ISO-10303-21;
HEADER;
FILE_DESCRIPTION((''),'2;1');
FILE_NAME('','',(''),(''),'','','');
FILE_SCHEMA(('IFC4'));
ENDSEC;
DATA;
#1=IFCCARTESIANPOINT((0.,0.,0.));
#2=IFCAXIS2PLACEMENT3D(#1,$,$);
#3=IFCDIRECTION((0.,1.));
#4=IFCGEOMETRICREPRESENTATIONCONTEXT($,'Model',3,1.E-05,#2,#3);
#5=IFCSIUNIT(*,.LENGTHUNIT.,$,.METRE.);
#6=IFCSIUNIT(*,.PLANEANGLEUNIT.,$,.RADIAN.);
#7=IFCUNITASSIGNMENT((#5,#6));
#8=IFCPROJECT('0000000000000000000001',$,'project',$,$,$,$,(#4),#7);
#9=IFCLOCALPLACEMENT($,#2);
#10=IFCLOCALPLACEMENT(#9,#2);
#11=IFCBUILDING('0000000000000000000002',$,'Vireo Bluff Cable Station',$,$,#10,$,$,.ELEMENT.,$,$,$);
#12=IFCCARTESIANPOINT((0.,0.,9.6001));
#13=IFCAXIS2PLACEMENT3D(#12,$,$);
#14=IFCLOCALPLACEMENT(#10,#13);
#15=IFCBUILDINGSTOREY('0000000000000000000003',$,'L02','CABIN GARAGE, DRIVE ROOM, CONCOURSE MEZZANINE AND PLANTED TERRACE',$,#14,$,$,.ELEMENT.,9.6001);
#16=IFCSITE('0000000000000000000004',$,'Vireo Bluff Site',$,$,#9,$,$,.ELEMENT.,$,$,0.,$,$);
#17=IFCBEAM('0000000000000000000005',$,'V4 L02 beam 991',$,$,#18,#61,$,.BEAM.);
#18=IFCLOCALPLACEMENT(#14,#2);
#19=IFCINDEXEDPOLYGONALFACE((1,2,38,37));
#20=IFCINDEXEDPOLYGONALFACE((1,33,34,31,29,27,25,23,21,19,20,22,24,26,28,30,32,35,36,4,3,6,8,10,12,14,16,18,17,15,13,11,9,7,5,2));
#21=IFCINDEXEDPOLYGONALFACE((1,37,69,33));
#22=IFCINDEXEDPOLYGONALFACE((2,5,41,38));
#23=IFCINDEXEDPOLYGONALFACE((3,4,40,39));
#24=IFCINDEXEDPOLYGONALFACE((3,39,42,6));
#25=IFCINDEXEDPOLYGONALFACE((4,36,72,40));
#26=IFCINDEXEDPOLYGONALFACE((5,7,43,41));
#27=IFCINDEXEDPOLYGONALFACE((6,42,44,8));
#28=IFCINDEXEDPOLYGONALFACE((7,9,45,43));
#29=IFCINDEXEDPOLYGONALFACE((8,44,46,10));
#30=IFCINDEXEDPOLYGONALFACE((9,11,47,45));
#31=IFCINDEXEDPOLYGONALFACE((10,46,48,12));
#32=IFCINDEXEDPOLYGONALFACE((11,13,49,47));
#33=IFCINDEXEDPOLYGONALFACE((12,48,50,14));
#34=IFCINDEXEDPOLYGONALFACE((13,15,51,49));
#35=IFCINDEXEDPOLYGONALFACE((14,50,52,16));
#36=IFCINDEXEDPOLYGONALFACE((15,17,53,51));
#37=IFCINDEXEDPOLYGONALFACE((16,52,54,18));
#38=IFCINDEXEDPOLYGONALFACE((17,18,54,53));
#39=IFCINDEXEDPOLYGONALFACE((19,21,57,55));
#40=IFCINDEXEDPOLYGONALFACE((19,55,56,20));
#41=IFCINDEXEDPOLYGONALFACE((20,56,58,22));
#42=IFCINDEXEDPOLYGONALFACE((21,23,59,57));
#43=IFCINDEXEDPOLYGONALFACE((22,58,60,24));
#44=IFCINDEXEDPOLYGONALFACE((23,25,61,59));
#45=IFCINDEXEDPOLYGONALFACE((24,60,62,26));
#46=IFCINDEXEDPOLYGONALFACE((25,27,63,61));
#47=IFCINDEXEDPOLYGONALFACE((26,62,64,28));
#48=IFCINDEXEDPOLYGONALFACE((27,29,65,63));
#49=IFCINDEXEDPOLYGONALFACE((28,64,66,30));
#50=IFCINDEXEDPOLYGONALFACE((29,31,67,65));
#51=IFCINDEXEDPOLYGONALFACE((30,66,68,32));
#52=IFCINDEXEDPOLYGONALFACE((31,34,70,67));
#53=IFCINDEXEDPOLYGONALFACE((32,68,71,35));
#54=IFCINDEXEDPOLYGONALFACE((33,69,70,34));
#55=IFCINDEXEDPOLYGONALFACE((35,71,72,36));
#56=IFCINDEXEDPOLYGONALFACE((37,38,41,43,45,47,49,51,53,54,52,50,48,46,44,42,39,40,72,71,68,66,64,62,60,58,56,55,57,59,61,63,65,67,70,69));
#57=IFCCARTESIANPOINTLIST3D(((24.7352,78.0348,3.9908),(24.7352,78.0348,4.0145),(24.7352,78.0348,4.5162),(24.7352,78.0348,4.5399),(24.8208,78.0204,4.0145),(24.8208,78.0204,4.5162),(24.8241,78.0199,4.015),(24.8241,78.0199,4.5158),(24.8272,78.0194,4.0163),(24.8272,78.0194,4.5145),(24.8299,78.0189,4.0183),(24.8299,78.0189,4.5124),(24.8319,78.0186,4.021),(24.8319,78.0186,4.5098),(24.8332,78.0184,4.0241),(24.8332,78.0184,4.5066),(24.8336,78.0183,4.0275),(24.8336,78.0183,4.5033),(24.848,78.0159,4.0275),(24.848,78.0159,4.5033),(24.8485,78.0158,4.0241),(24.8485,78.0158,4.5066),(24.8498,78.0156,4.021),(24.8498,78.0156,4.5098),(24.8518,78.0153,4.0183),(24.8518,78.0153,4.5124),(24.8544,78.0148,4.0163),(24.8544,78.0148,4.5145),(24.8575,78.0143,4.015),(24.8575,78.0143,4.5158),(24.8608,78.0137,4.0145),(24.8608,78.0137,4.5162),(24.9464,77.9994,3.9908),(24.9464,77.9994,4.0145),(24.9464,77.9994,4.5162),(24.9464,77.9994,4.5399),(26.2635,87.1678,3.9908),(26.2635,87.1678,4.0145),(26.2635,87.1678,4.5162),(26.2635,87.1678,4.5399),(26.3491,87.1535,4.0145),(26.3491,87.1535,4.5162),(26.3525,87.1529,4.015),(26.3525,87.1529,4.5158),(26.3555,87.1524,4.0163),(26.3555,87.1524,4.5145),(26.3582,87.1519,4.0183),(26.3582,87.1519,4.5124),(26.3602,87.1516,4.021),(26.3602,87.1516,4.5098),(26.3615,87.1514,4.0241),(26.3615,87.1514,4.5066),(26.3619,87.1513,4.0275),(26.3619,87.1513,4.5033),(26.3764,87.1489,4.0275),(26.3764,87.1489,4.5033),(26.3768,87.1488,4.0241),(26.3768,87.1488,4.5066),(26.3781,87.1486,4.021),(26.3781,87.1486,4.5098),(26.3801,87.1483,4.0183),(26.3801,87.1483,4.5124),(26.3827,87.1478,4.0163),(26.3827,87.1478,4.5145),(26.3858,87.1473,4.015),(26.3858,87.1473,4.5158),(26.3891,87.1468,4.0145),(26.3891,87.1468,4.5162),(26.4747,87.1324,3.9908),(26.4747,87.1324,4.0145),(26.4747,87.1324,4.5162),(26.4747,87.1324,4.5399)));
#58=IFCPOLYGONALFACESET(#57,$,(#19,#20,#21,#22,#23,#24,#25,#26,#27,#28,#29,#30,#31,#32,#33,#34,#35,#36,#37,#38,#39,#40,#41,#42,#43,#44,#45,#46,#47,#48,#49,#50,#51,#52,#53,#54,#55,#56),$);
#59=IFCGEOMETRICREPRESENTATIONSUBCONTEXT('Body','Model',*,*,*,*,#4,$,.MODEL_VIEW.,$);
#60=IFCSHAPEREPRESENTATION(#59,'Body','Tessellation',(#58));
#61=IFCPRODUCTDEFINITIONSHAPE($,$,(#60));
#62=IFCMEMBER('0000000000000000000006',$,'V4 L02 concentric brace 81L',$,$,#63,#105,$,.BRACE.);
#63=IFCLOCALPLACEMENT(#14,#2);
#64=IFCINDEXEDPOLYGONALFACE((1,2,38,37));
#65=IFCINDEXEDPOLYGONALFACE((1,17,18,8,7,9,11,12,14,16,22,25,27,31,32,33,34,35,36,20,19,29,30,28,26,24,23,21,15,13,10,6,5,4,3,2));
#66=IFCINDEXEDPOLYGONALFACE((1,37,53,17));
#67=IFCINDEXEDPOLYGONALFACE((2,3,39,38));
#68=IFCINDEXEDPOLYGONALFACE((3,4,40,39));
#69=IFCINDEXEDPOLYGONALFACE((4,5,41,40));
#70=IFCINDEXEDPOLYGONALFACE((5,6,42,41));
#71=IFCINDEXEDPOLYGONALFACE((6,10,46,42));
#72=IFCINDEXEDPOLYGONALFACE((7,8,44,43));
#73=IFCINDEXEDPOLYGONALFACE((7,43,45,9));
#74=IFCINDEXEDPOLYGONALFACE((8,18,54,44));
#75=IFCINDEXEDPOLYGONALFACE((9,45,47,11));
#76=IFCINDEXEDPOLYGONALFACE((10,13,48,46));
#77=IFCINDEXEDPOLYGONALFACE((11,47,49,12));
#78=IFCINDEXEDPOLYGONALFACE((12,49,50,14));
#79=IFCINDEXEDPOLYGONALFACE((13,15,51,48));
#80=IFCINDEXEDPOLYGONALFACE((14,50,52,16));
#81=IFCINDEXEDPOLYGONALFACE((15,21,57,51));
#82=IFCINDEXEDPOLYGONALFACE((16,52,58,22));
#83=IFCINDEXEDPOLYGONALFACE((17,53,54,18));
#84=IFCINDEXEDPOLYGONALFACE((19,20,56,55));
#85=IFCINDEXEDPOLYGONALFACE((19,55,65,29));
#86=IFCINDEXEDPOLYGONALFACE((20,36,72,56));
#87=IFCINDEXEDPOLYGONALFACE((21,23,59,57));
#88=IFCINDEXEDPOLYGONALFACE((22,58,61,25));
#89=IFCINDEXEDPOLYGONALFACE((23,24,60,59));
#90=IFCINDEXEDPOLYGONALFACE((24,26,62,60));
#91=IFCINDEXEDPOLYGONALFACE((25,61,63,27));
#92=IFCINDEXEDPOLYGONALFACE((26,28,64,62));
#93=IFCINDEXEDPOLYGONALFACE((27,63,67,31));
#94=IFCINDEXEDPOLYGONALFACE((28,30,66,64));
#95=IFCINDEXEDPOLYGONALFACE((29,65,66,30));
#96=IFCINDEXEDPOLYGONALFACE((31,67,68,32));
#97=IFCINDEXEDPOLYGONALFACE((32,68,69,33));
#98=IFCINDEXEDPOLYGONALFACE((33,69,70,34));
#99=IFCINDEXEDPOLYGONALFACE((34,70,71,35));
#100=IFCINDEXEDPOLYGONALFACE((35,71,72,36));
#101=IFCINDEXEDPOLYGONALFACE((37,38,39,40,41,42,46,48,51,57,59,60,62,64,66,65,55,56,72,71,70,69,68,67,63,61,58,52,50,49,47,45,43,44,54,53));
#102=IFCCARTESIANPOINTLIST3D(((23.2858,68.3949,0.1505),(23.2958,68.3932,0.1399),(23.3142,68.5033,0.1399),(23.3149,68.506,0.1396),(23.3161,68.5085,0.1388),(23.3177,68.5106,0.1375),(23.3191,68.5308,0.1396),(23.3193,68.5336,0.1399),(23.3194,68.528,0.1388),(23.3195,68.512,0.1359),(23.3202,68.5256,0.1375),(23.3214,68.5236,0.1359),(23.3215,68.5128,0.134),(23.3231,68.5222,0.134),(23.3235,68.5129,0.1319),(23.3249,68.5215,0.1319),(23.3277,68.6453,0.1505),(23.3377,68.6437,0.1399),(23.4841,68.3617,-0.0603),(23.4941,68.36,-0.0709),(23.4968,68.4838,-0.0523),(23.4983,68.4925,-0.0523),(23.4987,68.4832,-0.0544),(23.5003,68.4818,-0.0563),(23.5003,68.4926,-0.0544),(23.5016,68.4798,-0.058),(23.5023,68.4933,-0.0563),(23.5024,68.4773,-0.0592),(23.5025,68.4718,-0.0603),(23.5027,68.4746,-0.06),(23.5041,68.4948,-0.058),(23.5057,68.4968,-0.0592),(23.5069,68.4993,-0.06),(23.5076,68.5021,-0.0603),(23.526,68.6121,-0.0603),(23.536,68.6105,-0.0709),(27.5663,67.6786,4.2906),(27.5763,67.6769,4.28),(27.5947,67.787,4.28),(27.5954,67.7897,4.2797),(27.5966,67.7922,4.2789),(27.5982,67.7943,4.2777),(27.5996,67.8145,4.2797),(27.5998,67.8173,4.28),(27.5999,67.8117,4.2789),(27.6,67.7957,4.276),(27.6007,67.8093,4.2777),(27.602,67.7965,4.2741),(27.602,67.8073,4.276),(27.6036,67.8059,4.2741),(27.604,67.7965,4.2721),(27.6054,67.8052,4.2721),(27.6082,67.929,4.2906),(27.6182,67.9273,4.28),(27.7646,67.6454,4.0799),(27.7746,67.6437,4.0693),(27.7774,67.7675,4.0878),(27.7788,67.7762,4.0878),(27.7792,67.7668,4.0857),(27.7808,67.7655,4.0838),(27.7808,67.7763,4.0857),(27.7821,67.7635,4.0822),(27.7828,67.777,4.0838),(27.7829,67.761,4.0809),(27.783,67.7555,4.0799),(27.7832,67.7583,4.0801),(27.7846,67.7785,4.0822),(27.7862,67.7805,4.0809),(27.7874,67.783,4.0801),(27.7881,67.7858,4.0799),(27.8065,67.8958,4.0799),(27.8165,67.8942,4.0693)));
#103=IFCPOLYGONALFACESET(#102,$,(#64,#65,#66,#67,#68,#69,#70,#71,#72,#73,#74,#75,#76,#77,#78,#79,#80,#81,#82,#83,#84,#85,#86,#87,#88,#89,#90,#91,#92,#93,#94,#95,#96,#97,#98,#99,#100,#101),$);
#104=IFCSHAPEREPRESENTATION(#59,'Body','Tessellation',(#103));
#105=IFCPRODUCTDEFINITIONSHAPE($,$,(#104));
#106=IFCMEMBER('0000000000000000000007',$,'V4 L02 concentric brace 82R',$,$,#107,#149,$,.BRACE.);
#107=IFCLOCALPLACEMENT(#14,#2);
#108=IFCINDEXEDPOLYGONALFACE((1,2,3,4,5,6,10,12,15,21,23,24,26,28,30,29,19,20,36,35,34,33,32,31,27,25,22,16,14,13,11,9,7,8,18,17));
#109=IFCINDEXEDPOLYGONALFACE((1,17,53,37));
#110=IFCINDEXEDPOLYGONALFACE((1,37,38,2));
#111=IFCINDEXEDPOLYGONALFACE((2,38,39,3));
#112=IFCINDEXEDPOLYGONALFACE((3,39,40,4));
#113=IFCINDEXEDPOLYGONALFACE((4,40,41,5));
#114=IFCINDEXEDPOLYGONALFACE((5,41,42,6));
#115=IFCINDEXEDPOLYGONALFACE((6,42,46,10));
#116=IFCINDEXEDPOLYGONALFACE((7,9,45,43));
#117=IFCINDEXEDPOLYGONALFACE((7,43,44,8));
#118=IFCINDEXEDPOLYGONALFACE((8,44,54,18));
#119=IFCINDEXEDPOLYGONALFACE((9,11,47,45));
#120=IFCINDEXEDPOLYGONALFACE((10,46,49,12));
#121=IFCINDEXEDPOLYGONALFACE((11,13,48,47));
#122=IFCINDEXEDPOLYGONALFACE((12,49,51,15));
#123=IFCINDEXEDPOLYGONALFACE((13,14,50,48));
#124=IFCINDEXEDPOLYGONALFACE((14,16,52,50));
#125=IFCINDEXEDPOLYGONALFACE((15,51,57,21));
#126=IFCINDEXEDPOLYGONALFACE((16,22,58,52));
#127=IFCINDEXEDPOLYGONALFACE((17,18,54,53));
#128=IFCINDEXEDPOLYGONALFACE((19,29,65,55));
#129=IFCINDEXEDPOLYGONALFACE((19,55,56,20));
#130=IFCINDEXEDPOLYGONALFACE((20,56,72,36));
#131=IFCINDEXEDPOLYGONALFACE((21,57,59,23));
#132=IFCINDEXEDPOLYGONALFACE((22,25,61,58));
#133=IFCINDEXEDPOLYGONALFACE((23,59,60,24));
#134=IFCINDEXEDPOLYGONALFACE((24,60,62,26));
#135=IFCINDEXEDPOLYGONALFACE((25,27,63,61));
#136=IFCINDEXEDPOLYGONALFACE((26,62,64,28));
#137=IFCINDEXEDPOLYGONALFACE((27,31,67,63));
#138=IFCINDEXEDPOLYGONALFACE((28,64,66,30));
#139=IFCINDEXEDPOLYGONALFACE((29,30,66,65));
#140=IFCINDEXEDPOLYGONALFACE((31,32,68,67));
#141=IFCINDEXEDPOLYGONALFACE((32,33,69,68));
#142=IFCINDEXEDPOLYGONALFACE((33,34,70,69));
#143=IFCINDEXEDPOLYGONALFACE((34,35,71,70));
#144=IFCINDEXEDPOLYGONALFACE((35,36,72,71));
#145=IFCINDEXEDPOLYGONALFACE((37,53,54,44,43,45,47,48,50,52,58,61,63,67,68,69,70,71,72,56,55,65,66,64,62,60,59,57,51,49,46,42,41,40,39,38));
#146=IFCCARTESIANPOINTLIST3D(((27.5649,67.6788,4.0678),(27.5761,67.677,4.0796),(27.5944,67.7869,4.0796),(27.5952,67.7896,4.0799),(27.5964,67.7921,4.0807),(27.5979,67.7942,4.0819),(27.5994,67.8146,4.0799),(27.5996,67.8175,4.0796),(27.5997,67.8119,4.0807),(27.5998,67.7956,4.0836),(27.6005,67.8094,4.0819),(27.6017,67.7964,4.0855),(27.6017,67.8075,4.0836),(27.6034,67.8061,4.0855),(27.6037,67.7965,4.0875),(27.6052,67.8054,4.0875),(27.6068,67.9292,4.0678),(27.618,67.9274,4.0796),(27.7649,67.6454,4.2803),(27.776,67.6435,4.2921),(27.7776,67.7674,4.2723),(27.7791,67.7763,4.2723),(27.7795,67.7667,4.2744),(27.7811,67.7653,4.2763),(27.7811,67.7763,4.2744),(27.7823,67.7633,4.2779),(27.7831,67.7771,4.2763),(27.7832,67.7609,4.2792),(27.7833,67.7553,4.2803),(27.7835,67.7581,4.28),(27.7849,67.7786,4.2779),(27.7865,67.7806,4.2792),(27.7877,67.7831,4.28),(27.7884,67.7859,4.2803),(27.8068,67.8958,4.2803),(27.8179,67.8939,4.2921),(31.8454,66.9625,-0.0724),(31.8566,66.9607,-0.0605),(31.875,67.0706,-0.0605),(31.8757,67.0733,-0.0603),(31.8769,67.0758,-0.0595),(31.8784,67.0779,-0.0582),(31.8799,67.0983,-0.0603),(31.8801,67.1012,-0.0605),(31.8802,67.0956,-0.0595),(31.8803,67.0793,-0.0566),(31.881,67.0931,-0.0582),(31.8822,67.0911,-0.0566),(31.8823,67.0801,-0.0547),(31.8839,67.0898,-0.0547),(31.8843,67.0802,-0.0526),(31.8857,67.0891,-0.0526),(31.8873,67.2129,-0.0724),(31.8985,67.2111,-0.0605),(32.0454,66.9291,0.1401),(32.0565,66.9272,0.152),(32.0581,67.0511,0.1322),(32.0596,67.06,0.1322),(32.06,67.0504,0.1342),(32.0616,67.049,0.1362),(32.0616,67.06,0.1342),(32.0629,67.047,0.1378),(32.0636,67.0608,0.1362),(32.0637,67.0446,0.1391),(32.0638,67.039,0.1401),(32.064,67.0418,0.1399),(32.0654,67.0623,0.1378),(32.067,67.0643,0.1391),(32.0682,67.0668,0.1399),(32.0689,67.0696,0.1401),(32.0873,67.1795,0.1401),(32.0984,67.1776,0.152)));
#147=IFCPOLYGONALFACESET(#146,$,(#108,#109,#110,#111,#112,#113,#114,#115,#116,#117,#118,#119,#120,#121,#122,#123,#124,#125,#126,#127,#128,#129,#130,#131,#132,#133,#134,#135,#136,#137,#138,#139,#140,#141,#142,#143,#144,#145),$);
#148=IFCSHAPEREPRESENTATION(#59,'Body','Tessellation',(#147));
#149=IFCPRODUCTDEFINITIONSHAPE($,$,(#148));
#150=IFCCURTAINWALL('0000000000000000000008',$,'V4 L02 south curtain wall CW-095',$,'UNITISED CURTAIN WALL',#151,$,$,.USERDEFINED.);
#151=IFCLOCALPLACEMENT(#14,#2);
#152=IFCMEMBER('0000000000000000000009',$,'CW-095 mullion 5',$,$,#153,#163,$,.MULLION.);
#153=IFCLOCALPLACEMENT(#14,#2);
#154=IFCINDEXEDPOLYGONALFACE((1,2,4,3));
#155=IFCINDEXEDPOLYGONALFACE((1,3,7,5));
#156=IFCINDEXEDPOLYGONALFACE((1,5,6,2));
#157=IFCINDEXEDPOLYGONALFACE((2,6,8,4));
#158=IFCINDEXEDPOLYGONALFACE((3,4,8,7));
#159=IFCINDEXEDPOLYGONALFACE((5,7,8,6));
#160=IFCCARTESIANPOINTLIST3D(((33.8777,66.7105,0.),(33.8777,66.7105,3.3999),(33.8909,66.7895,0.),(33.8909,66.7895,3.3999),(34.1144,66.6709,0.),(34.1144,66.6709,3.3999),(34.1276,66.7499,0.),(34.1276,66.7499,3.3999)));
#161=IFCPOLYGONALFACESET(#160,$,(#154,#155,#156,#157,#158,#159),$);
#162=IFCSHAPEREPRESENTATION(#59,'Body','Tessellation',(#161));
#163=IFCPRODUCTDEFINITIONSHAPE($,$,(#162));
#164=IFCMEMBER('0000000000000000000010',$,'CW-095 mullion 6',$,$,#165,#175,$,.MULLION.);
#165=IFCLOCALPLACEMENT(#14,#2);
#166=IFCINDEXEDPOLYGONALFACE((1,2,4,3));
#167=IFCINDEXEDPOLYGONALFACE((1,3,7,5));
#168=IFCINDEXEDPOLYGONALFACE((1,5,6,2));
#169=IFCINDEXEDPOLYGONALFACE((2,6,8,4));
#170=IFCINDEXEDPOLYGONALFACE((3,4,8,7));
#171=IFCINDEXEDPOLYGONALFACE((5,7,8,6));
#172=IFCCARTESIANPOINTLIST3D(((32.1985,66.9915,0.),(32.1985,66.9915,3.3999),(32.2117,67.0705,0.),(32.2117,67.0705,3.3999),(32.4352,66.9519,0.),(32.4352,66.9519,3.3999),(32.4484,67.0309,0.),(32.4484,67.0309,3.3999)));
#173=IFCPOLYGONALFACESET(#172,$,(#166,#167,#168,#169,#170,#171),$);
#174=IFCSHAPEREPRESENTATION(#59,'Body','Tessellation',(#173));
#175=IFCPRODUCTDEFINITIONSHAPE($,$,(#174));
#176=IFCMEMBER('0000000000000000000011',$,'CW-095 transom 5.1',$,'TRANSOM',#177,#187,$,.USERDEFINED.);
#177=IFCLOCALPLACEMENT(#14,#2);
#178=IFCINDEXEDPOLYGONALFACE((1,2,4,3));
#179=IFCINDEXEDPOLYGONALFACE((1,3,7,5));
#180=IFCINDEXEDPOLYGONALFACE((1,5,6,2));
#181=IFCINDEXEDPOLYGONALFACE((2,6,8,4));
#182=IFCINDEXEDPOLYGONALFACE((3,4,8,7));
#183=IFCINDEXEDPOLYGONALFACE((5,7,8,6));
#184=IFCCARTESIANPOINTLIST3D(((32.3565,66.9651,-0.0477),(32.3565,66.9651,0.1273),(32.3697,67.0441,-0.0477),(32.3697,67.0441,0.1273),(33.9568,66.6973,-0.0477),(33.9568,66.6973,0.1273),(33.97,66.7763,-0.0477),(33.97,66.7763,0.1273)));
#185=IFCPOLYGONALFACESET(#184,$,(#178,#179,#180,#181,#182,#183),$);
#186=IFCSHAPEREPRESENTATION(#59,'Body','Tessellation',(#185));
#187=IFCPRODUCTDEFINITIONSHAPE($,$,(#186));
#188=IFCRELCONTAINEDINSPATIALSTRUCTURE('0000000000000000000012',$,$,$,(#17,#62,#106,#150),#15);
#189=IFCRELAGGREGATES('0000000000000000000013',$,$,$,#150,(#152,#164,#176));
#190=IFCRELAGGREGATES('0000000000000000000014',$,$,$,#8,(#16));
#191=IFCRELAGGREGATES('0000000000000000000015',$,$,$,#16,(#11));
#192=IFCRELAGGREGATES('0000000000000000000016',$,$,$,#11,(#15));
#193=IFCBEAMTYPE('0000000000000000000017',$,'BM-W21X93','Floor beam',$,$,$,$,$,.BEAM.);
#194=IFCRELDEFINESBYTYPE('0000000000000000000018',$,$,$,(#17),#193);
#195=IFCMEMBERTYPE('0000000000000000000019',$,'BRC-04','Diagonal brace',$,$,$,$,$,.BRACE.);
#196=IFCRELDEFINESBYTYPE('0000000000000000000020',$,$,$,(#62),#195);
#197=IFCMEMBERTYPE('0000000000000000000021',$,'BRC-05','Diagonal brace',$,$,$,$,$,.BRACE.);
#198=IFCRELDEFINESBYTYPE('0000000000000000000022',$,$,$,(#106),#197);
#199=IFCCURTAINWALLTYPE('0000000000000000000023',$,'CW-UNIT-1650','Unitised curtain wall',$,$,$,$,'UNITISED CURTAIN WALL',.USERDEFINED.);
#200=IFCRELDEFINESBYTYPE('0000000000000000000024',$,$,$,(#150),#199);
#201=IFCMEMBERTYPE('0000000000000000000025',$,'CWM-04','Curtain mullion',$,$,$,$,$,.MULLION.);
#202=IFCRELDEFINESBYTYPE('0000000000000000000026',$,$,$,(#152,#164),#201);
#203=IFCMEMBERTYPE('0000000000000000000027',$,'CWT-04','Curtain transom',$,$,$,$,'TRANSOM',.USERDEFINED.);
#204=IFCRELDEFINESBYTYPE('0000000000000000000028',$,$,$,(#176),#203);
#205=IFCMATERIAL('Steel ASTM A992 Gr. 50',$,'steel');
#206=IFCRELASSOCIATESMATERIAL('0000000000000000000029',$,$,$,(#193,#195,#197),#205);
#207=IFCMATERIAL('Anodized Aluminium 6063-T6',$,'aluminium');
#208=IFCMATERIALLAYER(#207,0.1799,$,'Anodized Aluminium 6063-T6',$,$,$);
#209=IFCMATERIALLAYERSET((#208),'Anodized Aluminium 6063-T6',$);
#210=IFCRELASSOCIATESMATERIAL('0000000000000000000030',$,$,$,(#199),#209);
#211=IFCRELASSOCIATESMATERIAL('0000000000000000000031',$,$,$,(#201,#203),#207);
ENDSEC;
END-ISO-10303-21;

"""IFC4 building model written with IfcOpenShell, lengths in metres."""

from ifc_helpers import new_model, si_unit, direction, frame, origin, origin_2d, place, context, subcontext, project, spatial, rectangle, i_section, extrude, material, layer, layer_set, material_profile, profile_set, type_object, element, aggregate, save


model = new_model("IFC4")

# Units and contexts
model_context = context("Model", 3, precision=1e-05, world=origin(), true_north=direction((0.0, 1.0)))
body_context = subcontext(model_context, "Body", "Model", "MODEL_VIEW")
ifc_project = project(units=[si_unit("LENGTHUNIT", "METRE"), si_unit("PLANEANGLEUNIT", "RADIAN")], contexts=[model_context])

# Site, building, storey
site_placement = place(None, origin())
site = spatial("IfcSite", under=ifc_project, at=site_placement, Name="Vireo Bluff Site", CompositionType="ELEMENT", RefElevation=0.0)
building_placement = place(site_placement, origin())
building = spatial("IfcBuilding", under=site, at=building_placement, Name="Vireo Bluff Cable Station", CompositionType="ELEMENT")
storey_placement = place(building_placement, frame((0.0, 0.0, 9.6001)))
storey = spatial("IfcBuildingStorey", under=building, at=storey_placement, Name="L02", Description="CABIN GARAGE, DRIVE ROOM, CONCOURSE MEZZANINE AND PLANTED TERRACE", CompositionType="ELEMENT", Elevation=9.6001)

# Shared definitions
ifc_material_1 = material(Name="Steel ASTM A992 Gr. 50", Category="steel")

# Beam
ifc_material_profile_1 = material_profile(ifc_material_1, i_section(OverallWidth=0.2141, OverallDepth=0.5491, WebThickness=0.0146, FlangeThickness=0.0237, FilletRadius=0.0129, at=origin_2d()), Name="W21X93")
ifc_profile_set_1 = profile_set([ifc_material_profile_1], Name="Steel ASTM A992 Gr. 50")
beam_type_1 = type_object("IfcBeamType", Name="BM-W21X93", Description="Floor beam", PredefinedType="BEAM", material=ifc_profile_set_1)
beam_1_placement = place(storey_placement, frame((24.8408, 78.0171, 4.2654), z_axis=(0.165045, 0.986286, 0.0), x_axis=(-0.986286, 0.165045, 0.0)))
element("IfcBeam", 1, at=beam_1_placement, inside=storey, type_object=beam_type_1, Name="V4 L02 beam 991", PredefinedType="BEAM", context=body_context, shape_type="SweptSolid", body=[
    extrude(i_section(OverallWidth=0.2141, OverallDepth=0.5491, WebThickness=0.0146, FlangeThickness=0.0237, FilletRadius=0.0129, at=origin_2d()), origin(), (0.0, 0.0, 1.0), 9.26),
])

# Members
ifc_material_profile_2 = material_profile(ifc_material_1, i_section(OverallWidth=0.2539, OverallDepth=0.3059, WebThickness=0.0088, FlangeThickness=0.0146, FilletRadius=0.011, at=origin_2d()), Name="W12X53")
ifc_profile_set_2 = profile_set([ifc_material_profile_2], Name="Steel ASTM A992 Gr. 50")
member_type_1 = type_object("IfcMemberType", Name="BRC-04", Description="Diagonal brace", PredefinedType="BRACE", material=ifc_profile_set_2)
member_1_placement = place(storey_placement, frame((23.4109, 68.5027, 0.0398), z_axis=(0.713651, -0.119423, 0.690247), x_axis=(0.165047, 0.986286, 0.0)))
element("IfcMember", 2, at=member_1_placement, inside=storey, type_object=member_type_1, Name="V4 L02 concentric brace 81L", PredefinedType="BRACE", context=body_context, shape_type="SweptSolid", body=[
    extrude(i_section(OverallWidth=0.2539, OverallDepth=0.3059, WebThickness=0.0088, FlangeThickness=0.0146, FilletRadius=0.011, at=origin_2d()), origin(), (0.0, 0.0, 1.0), 5.998),
])
ifc_material_profile_3 = material_profile(ifc_material_1, i_section(OverallWidth=0.2539, OverallDepth=0.3101, WebThickness=0.009, FlangeThickness=0.0164, FilletRadius=0.011, at=origin_2d()), Name="W12X58")
ifc_profile_set_3 = profile_set([ifc_material_profile_3], Name="Steel ASTM A992 Gr. 50")
member_type_2 = type_object("IfcMemberType", Name="BRC-05", Description="Diagonal brace", PredefinedType="BRACE", material=ifc_profile_set_3)
member_2_placement = place(storey_placement, frame((31.9719, 67.0701, 0.0398), z_axis=(-0.713651, 0.119423, 0.690247), x_axis=(-0.165047, -0.986286, 0.0)))
element("IfcMember", 3, at=member_2_placement, inside=storey, type_object=member_type_2, Name="V4 L02 concentric brace 82R", PredefinedType="BRACE", context=body_context, shape_type="SweptSolid", body=[
    extrude(i_section(OverallWidth=0.2539, OverallDepth=0.3101, WebThickness=0.009, FlangeThickness=0.0164, FilletRadius=0.011, at=origin_2d()), origin(), (0.0, 0.0, 1.0), 5.998),
])

# Curtain wall, members
ifc_material_2 = material(Name="Anodized Aluminium 6063-T6", Category="aluminium")
ifc_layer_1 = layer(ifc_material_2, 0.1799, Name="Anodized Aluminium 6063-T6")
ifc_layer_set_1 = layer_set([ifc_layer_1], Name="Anodized Aluminium 6063-T6")
curtain_wall_type = type_object("IfcCurtainWallType", Name="CW-UNIT-1650", Description="Unitised curtain wall", ElementType="UNITISED CURTAIN WALL", PredefinedType="USERDEFINED", material=ifc_layer_set_1)
curtain_wall_placement = place(storey_placement, origin())
curtain_wall = element("IfcCurtainWall", 4, at=curtain_wall_placement, inside=storey, type_object=curtain_wall_type, Name="V4 L02 south curtain wall CW-095", ObjectType="UNITISED CURTAIN WALL", PredefinedType="USERDEFINED")
ifc_material_profile_4 = material_profile(ifc_material_2, rectangle(XDim=0.0801, YDim=0.24, at=origin_2d()), Name="ALU-M-80X240")
ifc_profile_set_4 = profile_set([ifc_material_profile_4], Name="Anodized Aluminium 6063-T6")
member_type_3 = type_object("IfcMemberType", Name="CWM-04", Description="Curtain mullion", PredefinedType="MULLION", material=ifc_profile_set_4)
member_3_placement = place(storey_placement, frame((34.0027, 66.7302, 0.0), z_axis=(0.0, 0.0, 1.0), x_axis=(-0.165048, -0.986286, 0.0)))
member_3 = element("IfcMember", 5, at=member_3_placement, type_object=member_type_3, Name="CW-095 mullion 5", PredefinedType="MULLION", context=body_context, shape_type="SweptSolid", body=[
    extrude(rectangle(XDim=0.0801, YDim=0.24, at=origin_2d()), origin(), (0.0, 0.0, 1.0), 3.3999),
])
member_4_placement = place(storey_placement, frame((32.3235, 67.0112, 0.0), z_axis=(0.0, 0.0, 1.0), x_axis=(-0.165048, -0.986286, 0.0)))
member_4 = element("IfcMember", 6, at=member_4_placement, type_object=member_type_3, Name="CW-095 mullion 6", PredefinedType="MULLION", context=body_context, shape_type="SweptSolid", body=[
    extrude(rectangle(XDim=0.0801, YDim=0.24, at=origin_2d()), origin(), (0.0, 0.0, 1.0), 3.3999),
])
ifc_material_profile_5 = material_profile(ifc_material_2, rectangle(XDim=0.0801, YDim=0.175, at=origin_2d()), Name="ALU-T-80X175")
ifc_profile_set_5 = profile_set([ifc_material_profile_5], Name="Anodized Aluminium 6063-T6")
member_type_4 = type_object("IfcMemberType", Name="CWT-04", Description="Curtain transom", ElementType="TRANSOM", PredefinedType="USERDEFINED", material=ifc_profile_set_5)
member_5_placement = place(storey_placement, frame((33.9634, 66.7368, 0.0398), z_axis=(-0.986284, 0.165058, 0.0), x_axis=(-0.165058, -0.986284, 0.0)))
member_5 = element("IfcMember", 7, at=member_5_placement, type_object=member_type_4, Name="CW-095 transom 5.1", ObjectType="TRANSOM", PredefinedType="USERDEFINED", context=body_context, shape_type="SweptSolid", body=[
    extrude(rectangle(XDim=0.0801, YDim=0.175, at=origin_2d()), origin(), (0.0, 0.0, 1.0), 1.6226),
])

aggregate(curtain_wall, [member_3, member_4, member_5])

save(model, "model.ifc")
